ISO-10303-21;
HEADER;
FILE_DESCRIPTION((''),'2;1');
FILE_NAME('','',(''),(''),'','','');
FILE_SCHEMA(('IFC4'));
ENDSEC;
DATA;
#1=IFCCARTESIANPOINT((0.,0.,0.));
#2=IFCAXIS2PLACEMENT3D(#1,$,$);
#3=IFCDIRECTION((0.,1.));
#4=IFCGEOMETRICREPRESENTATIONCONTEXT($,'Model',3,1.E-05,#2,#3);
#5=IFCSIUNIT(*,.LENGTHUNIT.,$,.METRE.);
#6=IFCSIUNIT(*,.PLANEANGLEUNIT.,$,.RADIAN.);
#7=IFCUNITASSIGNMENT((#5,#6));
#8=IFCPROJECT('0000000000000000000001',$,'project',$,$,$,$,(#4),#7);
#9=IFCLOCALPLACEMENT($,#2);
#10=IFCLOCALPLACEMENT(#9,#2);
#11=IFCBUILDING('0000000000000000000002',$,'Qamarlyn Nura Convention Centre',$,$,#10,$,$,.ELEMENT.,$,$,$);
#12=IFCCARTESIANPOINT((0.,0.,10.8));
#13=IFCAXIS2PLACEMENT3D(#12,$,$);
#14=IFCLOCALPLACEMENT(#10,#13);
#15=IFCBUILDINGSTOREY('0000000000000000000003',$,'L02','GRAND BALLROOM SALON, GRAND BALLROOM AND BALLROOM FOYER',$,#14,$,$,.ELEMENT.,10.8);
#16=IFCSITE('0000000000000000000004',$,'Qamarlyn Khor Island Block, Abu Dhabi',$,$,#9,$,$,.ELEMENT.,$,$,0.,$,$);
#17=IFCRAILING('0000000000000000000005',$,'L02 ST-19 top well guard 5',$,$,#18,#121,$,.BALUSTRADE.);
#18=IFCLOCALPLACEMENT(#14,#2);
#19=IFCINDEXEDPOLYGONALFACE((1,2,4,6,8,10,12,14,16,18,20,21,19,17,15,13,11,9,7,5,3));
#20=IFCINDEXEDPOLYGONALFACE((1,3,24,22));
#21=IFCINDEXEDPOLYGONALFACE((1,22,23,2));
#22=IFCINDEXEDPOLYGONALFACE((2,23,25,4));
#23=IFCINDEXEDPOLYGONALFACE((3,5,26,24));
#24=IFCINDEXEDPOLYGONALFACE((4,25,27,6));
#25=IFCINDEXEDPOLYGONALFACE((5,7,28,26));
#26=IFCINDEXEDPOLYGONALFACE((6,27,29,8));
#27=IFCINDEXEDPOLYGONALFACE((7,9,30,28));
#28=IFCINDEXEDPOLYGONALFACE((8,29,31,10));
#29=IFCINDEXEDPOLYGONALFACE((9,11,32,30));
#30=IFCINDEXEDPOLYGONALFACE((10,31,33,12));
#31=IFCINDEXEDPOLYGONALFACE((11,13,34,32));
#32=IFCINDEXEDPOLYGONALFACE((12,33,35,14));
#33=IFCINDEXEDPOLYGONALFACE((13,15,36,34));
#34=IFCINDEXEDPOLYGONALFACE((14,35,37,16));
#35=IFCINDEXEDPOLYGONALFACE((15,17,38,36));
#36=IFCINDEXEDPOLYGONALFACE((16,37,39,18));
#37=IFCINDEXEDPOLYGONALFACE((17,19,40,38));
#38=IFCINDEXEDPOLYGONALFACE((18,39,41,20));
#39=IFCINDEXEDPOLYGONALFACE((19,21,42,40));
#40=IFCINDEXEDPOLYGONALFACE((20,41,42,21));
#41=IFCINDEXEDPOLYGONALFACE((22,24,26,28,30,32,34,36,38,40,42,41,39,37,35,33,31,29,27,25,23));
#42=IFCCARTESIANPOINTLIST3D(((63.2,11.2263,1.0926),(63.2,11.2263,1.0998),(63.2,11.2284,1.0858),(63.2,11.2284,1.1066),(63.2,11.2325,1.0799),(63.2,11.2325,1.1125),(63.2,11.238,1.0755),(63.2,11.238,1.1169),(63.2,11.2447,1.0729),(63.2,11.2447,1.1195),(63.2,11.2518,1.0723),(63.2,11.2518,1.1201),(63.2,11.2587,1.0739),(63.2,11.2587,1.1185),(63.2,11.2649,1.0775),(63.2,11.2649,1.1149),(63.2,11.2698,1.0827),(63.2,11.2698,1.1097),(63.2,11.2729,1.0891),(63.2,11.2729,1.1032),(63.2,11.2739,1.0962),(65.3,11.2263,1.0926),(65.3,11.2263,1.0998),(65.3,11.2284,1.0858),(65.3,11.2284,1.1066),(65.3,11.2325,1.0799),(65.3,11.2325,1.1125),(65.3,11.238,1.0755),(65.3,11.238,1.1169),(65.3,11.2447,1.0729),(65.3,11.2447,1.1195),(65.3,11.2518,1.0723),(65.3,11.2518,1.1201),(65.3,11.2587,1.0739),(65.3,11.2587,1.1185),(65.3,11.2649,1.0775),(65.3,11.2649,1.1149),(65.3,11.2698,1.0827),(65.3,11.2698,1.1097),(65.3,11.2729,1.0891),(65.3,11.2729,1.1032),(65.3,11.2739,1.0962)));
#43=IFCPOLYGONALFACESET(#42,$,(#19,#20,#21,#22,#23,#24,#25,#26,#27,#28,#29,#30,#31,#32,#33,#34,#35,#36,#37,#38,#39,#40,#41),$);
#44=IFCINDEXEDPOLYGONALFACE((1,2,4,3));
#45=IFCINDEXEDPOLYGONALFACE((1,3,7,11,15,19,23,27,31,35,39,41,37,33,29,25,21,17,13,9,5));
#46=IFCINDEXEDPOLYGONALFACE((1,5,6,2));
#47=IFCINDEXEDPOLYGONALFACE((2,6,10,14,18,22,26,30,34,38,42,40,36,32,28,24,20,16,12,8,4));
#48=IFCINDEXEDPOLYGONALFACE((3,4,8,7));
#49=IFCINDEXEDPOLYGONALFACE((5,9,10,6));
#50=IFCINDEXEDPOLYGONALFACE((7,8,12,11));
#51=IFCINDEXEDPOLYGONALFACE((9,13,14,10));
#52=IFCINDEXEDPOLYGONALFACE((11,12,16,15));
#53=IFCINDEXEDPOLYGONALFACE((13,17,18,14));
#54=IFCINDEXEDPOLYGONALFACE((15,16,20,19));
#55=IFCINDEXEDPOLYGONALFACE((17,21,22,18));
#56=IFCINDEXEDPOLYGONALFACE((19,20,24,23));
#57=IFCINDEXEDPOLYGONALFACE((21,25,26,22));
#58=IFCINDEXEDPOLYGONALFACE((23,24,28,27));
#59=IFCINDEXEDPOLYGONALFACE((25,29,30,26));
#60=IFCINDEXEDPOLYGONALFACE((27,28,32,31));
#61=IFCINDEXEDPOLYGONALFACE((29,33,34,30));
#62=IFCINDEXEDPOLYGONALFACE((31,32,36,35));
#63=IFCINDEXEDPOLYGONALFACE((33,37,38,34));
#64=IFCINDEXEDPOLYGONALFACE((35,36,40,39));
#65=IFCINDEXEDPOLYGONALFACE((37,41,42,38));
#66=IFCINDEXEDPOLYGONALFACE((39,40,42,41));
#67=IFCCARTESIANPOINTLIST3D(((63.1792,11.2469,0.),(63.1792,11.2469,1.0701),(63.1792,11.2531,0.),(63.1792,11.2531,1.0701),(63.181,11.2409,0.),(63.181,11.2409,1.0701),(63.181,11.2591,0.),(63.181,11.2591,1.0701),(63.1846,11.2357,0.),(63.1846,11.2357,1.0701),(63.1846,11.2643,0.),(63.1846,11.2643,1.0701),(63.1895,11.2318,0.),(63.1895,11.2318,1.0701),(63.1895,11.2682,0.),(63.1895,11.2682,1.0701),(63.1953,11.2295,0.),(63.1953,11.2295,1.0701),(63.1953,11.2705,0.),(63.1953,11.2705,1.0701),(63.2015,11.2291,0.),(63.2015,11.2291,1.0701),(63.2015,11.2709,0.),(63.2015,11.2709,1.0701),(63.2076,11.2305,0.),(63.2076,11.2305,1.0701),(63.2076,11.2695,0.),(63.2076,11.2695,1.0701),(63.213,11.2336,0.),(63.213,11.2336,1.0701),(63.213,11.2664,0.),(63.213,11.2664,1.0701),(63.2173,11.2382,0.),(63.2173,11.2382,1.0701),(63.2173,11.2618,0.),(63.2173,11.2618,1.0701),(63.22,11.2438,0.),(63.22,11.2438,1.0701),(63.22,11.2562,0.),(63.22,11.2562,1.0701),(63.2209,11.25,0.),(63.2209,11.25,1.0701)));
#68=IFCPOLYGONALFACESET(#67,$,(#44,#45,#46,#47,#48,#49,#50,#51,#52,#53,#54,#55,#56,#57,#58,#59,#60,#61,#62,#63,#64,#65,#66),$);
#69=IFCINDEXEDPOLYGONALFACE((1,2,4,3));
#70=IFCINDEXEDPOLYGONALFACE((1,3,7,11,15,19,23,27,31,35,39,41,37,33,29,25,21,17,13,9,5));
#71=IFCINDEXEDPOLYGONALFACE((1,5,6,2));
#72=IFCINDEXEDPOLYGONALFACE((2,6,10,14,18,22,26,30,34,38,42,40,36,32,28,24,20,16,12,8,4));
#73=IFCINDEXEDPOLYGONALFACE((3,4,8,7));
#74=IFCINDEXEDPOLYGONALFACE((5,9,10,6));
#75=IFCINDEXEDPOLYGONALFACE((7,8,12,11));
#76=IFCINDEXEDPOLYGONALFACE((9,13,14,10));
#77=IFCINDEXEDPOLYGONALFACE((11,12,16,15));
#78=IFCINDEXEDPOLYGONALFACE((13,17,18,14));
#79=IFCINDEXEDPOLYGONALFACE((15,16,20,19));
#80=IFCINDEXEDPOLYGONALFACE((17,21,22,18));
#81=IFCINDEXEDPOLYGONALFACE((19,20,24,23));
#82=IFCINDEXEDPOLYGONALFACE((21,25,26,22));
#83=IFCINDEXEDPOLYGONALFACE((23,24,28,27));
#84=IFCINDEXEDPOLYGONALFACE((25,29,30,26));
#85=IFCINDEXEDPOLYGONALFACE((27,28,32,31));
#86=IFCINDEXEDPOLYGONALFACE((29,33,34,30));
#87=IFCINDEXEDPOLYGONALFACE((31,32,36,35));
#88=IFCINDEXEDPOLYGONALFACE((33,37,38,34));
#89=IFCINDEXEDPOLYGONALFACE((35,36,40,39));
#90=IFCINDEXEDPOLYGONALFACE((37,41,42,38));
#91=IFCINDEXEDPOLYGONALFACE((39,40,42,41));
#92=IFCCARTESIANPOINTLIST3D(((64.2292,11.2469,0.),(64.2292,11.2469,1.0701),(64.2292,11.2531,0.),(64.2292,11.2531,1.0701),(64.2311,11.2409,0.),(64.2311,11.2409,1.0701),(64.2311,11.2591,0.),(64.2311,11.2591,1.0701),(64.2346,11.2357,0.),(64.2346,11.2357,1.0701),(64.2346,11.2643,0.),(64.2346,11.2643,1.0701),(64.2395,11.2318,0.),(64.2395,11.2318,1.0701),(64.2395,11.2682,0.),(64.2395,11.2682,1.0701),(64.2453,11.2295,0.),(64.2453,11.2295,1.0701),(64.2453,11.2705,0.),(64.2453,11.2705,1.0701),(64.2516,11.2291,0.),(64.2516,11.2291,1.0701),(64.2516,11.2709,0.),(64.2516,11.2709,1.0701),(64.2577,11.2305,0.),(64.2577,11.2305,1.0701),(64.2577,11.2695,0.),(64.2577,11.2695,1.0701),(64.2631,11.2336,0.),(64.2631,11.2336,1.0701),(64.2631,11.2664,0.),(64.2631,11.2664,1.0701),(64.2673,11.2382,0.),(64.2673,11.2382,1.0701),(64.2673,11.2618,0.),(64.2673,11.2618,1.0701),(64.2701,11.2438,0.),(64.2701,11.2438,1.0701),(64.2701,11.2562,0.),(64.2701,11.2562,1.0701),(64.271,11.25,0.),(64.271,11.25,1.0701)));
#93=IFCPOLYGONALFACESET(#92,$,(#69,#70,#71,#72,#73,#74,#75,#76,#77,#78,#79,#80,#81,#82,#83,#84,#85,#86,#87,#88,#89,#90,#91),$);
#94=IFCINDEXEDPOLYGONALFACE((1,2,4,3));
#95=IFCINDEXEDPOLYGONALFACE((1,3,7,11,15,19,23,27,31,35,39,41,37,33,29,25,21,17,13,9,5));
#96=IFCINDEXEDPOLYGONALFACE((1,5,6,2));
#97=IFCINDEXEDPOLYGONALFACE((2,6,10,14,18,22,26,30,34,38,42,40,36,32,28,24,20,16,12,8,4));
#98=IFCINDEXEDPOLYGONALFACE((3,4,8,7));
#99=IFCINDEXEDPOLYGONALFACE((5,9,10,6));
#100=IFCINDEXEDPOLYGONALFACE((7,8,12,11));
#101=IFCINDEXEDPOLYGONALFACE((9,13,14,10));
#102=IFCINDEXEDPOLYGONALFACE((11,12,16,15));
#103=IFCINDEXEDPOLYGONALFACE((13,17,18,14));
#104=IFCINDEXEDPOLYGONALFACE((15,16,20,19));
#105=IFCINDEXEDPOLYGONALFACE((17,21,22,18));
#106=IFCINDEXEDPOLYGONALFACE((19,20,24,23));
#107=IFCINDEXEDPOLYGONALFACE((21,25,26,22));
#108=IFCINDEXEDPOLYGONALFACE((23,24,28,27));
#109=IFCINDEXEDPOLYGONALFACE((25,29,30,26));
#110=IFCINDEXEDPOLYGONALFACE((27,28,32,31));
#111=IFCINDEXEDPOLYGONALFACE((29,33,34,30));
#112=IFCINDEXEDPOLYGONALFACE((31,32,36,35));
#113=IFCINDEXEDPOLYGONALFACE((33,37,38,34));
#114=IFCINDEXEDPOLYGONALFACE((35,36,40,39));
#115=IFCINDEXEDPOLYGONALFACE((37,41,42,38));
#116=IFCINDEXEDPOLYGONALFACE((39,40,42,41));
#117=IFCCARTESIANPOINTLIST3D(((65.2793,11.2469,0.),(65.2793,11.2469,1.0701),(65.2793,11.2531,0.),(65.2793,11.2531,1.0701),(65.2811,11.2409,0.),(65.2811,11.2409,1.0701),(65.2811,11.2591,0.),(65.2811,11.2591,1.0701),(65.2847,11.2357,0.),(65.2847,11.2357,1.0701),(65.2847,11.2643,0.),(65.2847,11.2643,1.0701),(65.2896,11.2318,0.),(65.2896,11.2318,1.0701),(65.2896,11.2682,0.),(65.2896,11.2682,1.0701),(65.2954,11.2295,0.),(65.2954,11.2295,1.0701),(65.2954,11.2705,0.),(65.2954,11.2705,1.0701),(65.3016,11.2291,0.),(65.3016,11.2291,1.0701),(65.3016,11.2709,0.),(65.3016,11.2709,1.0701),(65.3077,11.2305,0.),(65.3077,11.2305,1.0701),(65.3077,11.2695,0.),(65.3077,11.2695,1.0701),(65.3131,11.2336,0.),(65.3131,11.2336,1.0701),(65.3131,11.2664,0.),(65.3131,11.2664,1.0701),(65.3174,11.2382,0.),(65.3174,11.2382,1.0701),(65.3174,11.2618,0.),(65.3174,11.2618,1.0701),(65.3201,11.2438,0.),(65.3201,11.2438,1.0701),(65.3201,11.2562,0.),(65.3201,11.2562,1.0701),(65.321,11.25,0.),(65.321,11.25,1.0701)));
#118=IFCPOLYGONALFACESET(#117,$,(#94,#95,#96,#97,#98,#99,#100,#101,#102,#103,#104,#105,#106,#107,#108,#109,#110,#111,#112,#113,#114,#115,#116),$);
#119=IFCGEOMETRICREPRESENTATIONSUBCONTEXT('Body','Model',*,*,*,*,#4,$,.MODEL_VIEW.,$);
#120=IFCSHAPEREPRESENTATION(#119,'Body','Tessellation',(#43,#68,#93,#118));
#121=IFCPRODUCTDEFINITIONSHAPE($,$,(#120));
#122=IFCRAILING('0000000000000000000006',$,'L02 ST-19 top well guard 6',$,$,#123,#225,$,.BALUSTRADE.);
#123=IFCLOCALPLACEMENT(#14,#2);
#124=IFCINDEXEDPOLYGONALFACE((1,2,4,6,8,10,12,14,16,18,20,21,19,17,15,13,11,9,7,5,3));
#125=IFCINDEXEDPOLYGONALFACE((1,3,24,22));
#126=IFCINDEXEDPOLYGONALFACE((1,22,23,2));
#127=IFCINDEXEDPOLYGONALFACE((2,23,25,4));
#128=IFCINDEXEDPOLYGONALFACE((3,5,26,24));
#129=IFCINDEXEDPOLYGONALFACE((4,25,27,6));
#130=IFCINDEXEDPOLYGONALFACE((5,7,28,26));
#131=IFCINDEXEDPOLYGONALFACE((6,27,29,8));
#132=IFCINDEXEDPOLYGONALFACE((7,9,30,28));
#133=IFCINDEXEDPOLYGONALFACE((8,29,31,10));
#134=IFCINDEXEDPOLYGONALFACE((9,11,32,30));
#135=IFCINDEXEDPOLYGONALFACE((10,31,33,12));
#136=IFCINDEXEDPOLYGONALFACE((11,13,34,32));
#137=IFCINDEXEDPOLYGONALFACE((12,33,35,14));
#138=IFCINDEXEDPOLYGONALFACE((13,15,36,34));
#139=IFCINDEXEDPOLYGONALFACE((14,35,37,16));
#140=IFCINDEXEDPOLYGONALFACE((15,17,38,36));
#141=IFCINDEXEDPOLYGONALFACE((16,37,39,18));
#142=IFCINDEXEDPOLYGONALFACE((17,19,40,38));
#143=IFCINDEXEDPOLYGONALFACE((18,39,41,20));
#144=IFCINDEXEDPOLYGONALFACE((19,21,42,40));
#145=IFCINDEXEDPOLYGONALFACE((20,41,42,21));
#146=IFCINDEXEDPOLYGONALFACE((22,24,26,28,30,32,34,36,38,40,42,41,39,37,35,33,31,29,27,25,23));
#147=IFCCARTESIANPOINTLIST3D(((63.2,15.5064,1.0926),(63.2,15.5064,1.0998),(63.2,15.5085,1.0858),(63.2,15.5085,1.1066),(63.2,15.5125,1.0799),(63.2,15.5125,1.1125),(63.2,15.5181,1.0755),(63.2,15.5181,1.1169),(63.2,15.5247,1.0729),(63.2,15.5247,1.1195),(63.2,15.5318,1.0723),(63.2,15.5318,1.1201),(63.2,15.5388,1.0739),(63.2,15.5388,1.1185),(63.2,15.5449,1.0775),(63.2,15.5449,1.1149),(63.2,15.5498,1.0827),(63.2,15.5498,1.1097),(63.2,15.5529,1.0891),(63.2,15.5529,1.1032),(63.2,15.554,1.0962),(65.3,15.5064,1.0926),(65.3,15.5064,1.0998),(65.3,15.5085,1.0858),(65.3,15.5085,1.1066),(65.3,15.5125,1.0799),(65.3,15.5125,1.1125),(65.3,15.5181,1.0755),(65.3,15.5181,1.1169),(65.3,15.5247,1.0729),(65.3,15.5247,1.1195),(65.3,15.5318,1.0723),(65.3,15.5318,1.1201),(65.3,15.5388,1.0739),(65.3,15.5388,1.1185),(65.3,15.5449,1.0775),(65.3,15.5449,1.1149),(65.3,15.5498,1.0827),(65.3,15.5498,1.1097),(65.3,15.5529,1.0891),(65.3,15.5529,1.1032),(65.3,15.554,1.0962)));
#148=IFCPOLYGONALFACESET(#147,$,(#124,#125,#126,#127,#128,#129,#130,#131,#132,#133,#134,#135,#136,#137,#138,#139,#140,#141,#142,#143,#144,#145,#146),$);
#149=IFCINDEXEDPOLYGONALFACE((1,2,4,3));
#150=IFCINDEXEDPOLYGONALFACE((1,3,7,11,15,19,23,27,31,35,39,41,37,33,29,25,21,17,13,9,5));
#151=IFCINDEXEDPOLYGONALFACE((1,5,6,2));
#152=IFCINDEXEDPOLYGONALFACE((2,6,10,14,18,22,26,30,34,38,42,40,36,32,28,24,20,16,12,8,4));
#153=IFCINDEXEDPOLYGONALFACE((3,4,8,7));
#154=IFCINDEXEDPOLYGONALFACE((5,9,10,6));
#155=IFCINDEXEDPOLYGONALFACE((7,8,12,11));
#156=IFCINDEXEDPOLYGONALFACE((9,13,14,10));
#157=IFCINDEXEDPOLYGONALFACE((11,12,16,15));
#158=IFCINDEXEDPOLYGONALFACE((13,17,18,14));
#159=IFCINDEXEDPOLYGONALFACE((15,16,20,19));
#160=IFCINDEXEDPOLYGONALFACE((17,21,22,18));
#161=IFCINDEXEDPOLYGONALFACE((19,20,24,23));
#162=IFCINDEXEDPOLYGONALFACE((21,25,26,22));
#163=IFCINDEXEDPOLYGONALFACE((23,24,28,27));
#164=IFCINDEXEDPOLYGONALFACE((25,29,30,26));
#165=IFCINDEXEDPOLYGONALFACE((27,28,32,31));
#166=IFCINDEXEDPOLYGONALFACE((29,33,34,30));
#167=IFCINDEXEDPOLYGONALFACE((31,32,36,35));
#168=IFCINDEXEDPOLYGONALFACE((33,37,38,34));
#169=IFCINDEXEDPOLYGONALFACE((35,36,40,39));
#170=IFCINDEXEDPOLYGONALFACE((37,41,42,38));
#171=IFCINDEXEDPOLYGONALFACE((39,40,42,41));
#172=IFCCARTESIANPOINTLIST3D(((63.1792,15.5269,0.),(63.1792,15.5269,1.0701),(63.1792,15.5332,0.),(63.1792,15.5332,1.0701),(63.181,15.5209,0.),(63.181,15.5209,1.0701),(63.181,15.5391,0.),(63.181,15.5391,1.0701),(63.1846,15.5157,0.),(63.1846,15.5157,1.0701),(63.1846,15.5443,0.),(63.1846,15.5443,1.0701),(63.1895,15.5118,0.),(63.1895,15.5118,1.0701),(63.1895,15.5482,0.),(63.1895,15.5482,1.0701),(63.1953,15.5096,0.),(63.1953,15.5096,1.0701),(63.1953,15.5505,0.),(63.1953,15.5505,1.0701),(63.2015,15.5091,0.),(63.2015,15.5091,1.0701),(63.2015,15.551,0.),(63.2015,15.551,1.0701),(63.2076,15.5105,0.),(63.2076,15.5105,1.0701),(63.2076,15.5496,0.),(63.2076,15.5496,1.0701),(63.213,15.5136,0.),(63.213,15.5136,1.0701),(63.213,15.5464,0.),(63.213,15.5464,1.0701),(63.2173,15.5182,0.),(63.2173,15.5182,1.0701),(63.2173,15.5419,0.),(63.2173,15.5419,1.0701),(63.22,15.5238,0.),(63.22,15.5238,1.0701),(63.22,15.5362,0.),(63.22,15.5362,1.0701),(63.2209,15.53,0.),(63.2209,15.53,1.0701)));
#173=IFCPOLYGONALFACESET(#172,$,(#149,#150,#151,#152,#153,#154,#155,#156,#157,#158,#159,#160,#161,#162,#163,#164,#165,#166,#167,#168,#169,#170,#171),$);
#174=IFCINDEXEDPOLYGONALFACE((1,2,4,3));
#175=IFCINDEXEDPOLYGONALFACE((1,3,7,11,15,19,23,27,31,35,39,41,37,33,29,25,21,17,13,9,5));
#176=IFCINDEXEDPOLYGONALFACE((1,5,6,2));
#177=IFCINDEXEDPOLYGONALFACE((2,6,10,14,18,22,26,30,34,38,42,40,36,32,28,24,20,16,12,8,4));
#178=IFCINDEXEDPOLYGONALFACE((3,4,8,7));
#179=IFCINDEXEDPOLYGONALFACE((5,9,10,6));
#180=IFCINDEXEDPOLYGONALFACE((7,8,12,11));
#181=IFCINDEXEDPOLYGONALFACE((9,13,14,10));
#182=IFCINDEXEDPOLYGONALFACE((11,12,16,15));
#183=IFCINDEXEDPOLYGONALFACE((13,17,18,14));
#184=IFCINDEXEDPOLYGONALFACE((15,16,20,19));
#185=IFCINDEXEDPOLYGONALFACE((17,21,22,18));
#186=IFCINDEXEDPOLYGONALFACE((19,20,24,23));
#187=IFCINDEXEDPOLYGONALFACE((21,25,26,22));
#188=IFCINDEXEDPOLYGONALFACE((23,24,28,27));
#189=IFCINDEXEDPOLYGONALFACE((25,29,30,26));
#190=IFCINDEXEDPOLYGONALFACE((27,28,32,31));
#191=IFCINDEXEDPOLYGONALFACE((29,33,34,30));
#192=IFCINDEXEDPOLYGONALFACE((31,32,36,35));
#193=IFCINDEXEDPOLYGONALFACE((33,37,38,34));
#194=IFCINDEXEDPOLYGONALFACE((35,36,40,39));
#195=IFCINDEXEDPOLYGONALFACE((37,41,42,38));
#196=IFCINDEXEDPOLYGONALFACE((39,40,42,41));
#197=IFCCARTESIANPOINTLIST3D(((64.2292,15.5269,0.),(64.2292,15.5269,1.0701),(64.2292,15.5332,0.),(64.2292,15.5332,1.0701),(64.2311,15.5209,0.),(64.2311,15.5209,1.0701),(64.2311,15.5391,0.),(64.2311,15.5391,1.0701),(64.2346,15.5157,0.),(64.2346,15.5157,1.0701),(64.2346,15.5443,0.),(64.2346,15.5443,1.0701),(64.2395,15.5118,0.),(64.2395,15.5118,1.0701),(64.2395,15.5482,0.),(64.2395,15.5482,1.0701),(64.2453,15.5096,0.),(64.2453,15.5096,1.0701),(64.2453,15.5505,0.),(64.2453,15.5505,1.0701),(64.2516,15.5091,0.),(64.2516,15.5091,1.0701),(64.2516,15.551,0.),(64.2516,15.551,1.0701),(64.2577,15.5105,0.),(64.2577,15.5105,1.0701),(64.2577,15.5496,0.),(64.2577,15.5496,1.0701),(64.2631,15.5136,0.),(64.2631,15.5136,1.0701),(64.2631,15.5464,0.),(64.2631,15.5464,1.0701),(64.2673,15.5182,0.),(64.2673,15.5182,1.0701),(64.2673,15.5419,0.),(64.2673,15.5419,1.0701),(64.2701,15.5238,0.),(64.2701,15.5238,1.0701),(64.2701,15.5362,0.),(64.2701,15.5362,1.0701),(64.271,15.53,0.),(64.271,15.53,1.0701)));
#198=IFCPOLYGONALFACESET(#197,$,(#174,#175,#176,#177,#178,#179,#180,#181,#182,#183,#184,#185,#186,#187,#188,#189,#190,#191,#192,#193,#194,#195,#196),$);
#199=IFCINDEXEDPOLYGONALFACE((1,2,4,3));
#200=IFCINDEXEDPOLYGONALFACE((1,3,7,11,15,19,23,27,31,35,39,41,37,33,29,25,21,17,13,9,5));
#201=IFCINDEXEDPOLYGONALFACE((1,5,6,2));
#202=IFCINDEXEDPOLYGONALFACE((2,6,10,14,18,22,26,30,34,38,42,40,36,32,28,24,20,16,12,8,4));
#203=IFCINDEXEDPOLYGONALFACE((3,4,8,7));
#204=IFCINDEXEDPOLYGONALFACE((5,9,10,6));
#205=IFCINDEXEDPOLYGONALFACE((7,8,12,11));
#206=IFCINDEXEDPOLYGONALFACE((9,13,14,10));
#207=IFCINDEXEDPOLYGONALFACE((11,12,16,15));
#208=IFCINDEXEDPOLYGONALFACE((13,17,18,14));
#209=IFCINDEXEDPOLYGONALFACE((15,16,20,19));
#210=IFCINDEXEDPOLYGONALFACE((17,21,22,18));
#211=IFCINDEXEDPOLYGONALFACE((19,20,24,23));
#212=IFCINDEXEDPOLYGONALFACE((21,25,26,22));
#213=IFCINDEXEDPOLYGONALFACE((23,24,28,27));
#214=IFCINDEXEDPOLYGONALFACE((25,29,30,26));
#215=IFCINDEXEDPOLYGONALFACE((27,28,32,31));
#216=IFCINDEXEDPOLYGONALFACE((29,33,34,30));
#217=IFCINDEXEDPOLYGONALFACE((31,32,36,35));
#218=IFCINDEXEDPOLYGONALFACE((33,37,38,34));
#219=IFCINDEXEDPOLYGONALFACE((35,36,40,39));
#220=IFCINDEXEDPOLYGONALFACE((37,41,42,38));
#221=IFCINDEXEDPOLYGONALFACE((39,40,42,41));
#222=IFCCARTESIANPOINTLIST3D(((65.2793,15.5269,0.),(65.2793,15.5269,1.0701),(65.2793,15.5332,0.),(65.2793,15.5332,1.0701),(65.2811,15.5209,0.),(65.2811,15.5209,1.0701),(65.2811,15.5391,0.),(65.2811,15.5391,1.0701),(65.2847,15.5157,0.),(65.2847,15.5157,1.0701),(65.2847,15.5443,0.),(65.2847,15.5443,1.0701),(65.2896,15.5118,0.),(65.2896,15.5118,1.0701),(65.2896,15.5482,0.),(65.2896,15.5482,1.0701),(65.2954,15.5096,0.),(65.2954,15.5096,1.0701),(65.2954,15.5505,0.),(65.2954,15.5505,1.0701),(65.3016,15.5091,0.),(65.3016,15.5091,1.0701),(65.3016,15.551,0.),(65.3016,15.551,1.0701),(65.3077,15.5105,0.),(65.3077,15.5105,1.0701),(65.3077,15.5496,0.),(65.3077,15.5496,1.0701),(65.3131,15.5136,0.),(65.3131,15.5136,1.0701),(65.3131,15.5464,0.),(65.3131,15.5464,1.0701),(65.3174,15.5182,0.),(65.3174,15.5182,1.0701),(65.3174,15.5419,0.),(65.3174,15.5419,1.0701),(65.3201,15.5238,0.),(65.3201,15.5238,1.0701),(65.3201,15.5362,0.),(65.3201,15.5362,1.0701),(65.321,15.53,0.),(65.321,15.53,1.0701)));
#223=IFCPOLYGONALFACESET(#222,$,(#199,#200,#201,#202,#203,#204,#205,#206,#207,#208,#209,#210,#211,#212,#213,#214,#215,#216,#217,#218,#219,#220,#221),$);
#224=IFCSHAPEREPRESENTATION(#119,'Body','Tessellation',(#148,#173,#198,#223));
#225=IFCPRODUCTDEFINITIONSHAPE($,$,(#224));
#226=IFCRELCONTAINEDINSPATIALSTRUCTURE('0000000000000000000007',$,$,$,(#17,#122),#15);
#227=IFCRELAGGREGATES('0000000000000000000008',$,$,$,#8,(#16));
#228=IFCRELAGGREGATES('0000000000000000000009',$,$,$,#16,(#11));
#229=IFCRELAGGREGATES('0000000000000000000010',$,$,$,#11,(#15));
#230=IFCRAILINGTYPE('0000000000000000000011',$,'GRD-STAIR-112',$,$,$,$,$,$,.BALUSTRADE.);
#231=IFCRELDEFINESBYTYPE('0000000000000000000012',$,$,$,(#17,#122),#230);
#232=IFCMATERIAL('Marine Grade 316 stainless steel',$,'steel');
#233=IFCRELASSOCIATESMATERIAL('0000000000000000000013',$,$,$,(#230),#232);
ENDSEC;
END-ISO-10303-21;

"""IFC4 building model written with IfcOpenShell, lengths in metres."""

from ifc_helpers import new_model, si_unit, direction, frame, origin, origin_2d, place, context, subcontext, project, spatial, circle, extrude, material, type_object, element, save


model = new_model("IFC4")

# Units and contexts
model_context = context("Model", 3, precision=1e-05, world=origin(), true_north=direction((0.0, 1.0)))
body_context = subcontext(model_context, "Body", "Model", "MODEL_VIEW")
ifc_project = project(units=[si_unit("LENGTHUNIT", "METRE"), si_unit("PLANEANGLEUNIT", "RADIAN")], contexts=[model_context])

# Site, building, storey
site_placement = place(None, origin())
site = spatial("IfcSite", under=ifc_project, at=site_placement, Name="Qamarlyn Khor Island Block, Abu Dhabi", CompositionType="ELEMENT", RefElevation=0.0)
building_placement = place(site_placement, origin())
building = spatial("IfcBuilding", under=site, at=building_placement, Name="Qamarlyn Nura Convention Centre", CompositionType="ELEMENT")
storey_placement = place(building_placement, frame((0.0, 0.0, 10.8)))
storey = spatial("IfcBuildingStorey", under=building, at=storey_placement, Name="L02", Description="GRAND BALLROOM SALON, GRAND BALLROOM AND BALLROOM FOYER", CompositionType="ELEMENT", Elevation=10.8)

# Railings
ifc_material_1 = material(Name="Marine Grade 316 stainless steel", Category="steel")
railing_type = type_object("IfcRailingType", Name="GRD-STAIR-112", PredefinedType="BALUSTRADE", material=ifc_material_1)
for number, where, name in (
    (1, (63.2, 11.25, 0.0), "L02 ST-19 top well guard 5"),
    (2, (63.2, 15.53, 0.0), "L02 ST-19 top well guard 6"),
):
    element("IfcRailing", number, at=place(storey_placement, frame(where)), inside=storey, type_object=railing_type, Name=name, PredefinedType="BALUSTRADE", context=body_context, shape_type="SweptSolid", body=[
        extrude(circle(Radius=0.0239, at=origin_2d()), frame((0.0, 0.0, 1.0962), z_axis=(1.0, 0.0, 0.0), x_axis=(0.0, 1.0, 0.0)), (0.0, 0.0, 1.0), 2.1001),
        extrude(circle(Radius=0.021, at=origin_2d()), origin(), (0.0, 0.0, 1.0), 1.0701),
        extrude(circle(Radius=0.021, at=origin_2d()), frame((1.05, 0.0, 0.0)), (0.0, 0.0, 1.0), 1.0701),
        extrude(circle(Radius=0.021, at=origin_2d()), frame((2.1001, 0.0, 0.0)), (0.0, 0.0, 1.0), 1.0701),
    ])

save(model, "model.ifc")
